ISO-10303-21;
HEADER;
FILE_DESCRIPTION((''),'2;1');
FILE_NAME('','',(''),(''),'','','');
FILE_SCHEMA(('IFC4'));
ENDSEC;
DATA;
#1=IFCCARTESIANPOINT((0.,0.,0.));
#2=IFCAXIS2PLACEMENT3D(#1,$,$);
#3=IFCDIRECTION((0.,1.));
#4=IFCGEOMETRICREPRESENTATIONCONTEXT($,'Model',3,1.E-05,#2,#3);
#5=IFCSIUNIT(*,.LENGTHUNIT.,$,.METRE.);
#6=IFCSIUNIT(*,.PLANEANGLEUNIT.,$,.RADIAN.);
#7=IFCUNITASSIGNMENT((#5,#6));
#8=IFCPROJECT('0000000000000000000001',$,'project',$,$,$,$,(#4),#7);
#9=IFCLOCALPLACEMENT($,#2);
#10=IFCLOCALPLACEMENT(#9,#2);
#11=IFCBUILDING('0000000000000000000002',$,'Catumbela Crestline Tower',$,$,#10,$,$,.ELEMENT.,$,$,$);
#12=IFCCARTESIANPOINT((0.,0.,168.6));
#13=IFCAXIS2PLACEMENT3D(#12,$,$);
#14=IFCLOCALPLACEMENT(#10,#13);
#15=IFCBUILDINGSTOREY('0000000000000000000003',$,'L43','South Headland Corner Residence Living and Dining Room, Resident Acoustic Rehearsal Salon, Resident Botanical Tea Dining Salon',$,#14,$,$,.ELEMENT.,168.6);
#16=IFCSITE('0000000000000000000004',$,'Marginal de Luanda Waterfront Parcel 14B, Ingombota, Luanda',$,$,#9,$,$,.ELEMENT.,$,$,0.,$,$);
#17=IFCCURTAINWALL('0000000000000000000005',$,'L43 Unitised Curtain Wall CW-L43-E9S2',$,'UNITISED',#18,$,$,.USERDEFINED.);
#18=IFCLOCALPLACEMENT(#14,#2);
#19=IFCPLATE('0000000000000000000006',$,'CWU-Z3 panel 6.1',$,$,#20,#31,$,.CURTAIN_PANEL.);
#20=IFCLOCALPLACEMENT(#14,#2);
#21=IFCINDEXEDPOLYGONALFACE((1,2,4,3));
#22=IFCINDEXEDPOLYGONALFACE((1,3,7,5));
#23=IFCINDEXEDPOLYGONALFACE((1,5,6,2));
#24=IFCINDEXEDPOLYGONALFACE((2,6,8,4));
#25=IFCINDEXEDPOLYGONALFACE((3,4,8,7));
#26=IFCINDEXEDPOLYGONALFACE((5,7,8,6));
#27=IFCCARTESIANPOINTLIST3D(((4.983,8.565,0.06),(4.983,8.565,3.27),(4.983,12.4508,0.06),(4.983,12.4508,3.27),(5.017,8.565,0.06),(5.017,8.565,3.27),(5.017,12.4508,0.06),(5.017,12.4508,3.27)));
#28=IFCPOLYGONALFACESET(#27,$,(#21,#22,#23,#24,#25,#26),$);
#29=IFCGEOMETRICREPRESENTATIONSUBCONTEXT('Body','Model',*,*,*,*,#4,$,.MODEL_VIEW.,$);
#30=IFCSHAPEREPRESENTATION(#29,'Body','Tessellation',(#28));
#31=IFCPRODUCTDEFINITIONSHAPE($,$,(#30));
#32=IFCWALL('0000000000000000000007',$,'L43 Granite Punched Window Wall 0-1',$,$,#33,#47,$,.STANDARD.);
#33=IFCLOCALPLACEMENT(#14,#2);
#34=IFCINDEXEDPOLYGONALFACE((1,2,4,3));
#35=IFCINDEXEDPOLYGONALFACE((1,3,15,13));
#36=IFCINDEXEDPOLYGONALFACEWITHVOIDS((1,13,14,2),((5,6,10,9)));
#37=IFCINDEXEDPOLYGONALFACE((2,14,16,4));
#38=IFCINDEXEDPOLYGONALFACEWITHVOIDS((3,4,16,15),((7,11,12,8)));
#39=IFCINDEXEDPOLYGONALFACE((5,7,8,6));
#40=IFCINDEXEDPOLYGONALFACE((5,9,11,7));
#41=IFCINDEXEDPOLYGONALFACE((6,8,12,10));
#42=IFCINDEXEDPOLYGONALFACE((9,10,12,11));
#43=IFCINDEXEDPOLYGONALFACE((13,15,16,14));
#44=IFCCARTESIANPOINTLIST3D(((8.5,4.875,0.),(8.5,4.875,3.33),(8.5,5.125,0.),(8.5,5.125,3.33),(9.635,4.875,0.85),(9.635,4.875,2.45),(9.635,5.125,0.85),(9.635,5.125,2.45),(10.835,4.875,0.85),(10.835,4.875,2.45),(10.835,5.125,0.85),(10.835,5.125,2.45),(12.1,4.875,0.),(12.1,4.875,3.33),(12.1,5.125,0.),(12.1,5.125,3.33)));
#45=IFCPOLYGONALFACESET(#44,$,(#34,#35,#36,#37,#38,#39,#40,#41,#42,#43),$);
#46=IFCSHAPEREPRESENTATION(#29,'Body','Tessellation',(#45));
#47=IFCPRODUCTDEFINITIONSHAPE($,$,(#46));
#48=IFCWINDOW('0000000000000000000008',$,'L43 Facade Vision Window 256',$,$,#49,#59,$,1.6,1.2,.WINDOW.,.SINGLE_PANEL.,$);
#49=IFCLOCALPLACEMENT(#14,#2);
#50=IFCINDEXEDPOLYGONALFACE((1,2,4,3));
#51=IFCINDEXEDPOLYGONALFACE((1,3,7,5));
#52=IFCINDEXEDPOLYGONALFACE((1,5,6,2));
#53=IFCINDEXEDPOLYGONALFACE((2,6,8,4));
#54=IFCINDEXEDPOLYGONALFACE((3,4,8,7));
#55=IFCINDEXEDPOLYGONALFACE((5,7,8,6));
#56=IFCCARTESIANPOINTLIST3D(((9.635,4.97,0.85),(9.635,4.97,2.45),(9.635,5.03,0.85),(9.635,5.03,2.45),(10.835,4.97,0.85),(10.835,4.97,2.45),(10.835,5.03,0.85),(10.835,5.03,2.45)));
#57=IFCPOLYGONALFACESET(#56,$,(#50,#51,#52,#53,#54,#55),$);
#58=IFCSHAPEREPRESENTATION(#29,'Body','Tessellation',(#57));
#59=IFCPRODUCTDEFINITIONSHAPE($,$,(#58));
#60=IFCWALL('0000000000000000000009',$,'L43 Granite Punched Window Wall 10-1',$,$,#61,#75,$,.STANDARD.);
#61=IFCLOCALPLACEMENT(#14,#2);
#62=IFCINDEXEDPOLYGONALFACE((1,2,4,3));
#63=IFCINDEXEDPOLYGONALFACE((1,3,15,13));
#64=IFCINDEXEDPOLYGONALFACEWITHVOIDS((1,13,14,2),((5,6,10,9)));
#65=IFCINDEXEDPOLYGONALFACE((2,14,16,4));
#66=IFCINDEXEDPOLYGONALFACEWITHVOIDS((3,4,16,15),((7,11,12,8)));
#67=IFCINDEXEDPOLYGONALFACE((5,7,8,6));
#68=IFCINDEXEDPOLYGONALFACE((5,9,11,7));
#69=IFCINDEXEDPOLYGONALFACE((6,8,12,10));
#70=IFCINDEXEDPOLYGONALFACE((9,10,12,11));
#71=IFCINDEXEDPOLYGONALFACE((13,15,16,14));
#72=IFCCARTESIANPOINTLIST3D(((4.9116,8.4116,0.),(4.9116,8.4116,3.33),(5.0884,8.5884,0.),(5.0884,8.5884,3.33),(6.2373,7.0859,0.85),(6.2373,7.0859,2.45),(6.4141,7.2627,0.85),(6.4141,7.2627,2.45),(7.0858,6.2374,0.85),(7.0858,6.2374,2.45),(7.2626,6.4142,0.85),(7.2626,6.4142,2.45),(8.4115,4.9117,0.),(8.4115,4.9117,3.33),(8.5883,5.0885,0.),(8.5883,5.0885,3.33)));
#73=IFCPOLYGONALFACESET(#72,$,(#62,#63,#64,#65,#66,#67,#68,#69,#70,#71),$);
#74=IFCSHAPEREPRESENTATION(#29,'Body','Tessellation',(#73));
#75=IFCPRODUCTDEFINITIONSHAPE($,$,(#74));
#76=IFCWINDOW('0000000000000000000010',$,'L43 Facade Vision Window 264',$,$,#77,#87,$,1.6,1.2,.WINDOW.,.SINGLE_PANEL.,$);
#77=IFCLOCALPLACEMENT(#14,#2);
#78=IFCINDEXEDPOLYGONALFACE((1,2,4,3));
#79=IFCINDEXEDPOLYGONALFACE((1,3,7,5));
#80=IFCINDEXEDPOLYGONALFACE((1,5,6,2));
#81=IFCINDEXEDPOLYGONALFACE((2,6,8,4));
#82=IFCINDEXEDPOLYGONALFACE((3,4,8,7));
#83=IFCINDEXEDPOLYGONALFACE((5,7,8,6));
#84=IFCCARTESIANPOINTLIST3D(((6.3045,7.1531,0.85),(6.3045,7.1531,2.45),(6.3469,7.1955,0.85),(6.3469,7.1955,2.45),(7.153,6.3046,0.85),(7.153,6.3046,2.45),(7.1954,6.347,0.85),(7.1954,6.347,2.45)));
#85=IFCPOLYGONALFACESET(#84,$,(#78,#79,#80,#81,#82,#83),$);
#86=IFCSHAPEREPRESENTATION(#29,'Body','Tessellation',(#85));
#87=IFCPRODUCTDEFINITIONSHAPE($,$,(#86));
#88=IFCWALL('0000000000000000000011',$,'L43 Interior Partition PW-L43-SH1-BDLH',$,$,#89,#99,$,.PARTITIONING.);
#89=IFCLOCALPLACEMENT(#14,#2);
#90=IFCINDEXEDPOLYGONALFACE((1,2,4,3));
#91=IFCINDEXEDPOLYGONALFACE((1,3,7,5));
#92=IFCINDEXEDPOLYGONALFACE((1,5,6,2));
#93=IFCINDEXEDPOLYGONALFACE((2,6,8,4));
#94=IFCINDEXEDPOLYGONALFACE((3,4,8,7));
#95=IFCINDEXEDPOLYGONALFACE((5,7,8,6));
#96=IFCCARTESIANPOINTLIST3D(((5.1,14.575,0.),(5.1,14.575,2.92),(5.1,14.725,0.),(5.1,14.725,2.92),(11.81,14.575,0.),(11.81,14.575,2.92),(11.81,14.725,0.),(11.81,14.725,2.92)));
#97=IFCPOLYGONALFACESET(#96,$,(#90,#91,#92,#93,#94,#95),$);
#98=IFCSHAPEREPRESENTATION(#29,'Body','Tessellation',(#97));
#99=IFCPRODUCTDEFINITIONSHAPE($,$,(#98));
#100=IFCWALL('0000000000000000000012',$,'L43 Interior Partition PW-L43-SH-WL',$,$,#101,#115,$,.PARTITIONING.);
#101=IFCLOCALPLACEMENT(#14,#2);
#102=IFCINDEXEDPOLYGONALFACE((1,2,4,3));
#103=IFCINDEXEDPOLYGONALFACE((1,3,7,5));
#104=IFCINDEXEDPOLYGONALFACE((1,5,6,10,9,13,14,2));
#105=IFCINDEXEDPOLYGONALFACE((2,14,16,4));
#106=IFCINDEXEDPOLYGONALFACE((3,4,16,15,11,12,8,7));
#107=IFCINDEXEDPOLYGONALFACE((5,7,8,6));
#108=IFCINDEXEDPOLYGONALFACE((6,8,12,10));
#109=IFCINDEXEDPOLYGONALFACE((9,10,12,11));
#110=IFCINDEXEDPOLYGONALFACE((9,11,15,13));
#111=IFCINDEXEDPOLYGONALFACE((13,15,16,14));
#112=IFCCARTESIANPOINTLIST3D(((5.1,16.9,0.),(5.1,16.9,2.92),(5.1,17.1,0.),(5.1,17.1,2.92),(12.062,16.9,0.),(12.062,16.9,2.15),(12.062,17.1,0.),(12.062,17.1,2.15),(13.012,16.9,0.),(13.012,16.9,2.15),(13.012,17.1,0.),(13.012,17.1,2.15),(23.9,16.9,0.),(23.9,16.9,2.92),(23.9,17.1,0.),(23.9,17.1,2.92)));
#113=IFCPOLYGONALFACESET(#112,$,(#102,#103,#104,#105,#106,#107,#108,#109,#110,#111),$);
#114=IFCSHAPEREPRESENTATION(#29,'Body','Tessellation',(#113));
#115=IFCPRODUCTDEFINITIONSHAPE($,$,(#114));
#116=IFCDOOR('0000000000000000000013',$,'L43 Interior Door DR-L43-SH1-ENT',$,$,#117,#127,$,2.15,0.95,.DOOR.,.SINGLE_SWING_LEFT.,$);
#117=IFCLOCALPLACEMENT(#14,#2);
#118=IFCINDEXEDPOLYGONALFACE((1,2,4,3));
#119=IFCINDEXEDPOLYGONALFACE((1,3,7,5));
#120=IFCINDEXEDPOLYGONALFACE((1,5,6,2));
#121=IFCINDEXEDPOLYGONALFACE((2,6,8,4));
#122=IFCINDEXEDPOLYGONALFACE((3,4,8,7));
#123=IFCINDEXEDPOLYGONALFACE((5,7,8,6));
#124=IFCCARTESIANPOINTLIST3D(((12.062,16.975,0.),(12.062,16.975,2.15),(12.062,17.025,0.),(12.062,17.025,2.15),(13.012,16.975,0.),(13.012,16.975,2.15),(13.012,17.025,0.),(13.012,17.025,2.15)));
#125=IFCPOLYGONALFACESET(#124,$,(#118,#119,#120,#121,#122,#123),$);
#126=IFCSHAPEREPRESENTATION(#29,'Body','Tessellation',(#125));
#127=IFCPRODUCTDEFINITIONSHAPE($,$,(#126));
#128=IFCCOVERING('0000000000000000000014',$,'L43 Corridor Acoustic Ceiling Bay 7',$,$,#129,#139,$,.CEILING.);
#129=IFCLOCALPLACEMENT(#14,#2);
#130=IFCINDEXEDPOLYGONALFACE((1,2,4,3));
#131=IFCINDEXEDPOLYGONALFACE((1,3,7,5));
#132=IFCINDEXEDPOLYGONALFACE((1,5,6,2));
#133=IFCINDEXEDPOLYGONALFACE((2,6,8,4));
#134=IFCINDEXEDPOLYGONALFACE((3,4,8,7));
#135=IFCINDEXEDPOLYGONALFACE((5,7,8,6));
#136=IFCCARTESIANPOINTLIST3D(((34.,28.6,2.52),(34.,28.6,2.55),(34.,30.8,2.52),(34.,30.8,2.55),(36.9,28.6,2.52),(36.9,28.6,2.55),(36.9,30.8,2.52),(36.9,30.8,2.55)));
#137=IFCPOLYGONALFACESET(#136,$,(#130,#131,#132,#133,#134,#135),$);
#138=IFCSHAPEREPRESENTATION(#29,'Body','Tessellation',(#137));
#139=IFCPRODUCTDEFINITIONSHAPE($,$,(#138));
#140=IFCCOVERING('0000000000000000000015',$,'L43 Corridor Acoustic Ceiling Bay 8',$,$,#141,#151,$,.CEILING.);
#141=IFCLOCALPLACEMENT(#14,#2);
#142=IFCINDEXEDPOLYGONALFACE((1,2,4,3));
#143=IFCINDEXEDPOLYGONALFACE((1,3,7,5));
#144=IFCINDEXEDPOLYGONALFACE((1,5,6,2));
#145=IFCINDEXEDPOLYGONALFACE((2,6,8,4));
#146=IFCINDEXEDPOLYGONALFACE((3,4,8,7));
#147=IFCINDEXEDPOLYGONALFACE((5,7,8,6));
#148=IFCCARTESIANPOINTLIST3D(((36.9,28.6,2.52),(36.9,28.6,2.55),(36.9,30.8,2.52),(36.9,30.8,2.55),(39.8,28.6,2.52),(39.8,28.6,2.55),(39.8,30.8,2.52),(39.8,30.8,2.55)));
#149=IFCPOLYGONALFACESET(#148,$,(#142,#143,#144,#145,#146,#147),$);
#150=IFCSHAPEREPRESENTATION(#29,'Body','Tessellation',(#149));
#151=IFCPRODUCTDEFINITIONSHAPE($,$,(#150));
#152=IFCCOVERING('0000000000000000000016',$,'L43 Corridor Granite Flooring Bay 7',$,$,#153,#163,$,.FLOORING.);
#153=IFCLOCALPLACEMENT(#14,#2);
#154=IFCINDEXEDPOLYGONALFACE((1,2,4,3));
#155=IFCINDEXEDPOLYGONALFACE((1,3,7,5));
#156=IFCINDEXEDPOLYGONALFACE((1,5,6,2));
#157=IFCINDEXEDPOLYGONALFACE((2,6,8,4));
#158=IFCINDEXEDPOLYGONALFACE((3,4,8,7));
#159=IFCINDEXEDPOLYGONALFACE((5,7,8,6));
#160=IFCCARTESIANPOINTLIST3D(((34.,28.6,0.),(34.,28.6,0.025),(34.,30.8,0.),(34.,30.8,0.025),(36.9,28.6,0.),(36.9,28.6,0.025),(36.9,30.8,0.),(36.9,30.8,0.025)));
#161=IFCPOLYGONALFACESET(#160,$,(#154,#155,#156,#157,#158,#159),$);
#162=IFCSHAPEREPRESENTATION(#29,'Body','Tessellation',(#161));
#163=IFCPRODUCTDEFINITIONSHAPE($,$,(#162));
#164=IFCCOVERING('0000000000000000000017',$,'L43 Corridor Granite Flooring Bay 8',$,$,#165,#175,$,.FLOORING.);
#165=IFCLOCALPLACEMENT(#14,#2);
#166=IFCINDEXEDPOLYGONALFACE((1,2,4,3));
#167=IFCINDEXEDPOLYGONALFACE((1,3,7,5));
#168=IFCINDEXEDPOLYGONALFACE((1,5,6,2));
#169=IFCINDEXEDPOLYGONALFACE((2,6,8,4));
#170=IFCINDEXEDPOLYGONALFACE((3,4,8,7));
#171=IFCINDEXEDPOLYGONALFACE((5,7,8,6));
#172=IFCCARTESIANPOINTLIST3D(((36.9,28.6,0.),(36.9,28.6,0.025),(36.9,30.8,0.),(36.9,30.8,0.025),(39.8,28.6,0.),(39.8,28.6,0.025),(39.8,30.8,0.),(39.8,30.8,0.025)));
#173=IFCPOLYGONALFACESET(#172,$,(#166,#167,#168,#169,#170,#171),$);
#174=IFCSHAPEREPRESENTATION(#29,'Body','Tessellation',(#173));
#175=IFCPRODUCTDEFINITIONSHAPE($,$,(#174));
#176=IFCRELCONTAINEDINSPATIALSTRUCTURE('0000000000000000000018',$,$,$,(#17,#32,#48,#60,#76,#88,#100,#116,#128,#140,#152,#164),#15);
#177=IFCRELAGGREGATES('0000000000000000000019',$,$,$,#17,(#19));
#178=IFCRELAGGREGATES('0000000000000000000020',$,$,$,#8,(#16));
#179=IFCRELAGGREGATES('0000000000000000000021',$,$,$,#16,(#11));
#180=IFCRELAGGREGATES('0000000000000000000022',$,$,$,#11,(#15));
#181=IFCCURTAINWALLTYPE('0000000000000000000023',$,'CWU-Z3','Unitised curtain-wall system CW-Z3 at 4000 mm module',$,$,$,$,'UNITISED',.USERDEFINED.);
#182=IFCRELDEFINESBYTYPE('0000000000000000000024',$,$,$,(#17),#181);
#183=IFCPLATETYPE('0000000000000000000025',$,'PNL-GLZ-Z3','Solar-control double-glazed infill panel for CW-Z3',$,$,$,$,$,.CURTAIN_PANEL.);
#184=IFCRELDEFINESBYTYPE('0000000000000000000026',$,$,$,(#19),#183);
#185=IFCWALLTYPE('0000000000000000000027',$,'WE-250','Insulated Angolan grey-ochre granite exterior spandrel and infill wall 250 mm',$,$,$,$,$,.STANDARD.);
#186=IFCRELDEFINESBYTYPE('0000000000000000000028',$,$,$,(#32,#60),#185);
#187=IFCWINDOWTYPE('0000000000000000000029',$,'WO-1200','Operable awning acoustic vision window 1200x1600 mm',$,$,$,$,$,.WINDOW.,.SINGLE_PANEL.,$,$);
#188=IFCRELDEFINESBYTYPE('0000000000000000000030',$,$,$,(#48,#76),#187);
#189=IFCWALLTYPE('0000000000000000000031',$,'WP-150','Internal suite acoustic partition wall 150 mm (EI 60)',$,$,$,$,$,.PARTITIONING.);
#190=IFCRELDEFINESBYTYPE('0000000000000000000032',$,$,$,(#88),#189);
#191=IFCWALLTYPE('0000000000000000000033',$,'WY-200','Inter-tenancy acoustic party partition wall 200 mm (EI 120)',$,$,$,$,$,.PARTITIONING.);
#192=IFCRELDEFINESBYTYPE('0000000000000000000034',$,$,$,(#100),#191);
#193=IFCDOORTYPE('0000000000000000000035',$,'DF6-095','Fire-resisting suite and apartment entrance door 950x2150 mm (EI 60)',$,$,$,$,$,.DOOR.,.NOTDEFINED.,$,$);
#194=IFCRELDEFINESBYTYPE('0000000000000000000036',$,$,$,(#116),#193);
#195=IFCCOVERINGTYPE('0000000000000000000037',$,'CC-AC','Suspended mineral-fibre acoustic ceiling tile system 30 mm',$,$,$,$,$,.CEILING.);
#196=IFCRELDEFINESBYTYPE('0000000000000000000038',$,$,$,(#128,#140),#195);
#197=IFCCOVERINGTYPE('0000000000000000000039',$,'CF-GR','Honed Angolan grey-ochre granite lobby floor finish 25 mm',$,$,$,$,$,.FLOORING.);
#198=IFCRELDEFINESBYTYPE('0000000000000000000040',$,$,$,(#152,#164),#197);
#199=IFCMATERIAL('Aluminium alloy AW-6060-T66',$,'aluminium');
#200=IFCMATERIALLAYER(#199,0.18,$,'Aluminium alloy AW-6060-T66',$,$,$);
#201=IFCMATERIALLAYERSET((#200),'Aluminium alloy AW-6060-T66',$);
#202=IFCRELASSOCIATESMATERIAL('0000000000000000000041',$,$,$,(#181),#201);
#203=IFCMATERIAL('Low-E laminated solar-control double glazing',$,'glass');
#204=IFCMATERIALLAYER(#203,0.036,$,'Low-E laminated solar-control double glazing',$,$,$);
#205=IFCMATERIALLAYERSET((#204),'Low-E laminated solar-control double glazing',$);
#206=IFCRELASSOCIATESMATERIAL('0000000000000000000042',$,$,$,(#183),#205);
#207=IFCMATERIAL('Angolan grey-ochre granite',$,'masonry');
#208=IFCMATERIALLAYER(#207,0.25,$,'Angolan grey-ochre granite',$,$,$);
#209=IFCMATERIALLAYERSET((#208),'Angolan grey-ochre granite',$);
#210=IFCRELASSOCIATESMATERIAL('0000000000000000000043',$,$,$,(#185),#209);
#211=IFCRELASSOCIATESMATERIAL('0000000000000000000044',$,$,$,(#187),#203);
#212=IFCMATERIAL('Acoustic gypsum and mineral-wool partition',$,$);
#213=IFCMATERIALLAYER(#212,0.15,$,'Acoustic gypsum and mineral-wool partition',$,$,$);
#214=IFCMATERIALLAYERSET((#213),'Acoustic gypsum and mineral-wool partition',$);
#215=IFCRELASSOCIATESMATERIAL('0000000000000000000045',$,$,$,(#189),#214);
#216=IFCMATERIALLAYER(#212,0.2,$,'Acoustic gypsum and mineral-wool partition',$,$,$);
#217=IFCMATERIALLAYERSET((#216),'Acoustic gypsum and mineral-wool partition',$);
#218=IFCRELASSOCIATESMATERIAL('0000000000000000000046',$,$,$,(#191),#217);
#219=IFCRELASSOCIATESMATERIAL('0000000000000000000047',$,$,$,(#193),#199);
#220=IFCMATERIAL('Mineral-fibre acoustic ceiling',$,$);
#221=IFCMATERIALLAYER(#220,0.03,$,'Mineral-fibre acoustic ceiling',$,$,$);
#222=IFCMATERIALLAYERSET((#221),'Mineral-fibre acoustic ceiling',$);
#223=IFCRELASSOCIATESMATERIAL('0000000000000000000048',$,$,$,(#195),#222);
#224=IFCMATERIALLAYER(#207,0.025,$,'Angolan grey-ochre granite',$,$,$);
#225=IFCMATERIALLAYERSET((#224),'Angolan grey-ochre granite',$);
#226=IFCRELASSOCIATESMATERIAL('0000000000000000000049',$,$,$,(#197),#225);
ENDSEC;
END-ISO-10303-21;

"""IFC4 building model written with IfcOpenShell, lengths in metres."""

from ifc_helpers import new_model, si_unit, direction, frame, frame_2d, origin, origin_2d, place, context, subcontext, project, spatial, polyline, rectangle, outline, extrude, material, layer, layer_set, type_object, element, fill, aggregate, save


model = new_model("IFC4")

# Units and contexts
model_context = context("Model", 3, precision=1e-05, world=origin(), true_north=direction((0.0, 1.0)))
body_context = subcontext(model_context, "Body", "Model", "MODEL_VIEW")
ifc_project = project(units=[si_unit("LENGTHUNIT", "METRE"), si_unit("PLANEANGLEUNIT", "RADIAN")], contexts=[model_context])

# Site, building, storey
site_placement = place(None, origin())
site = spatial("IfcSite", under=ifc_project, at=site_placement, Name="Marginal de Luanda Waterfront Parcel 14B, Ingombota, Luanda", CompositionType="ELEMENT", RefElevation=0.0)
building_placement = place(site_placement, origin())
building = spatial("IfcBuilding", under=site, at=building_placement, Name="Catumbela Crestline Tower", CompositionType="ELEMENT")
storey_placement = place(building_placement, frame((0.0, 0.0, 168.6)))
storey = spatial("IfcBuildingStorey", under=building, at=storey_placement, Name="L43", Description="South Headland Corner Residence Living and Dining Room, Resident Acoustic Rehearsal Salon, Resident Botanical Tea Dining Salon", CompositionType="ELEMENT", Elevation=168.6)

# Curtain wall, plate
ifc_material_1 = material(Name="Aluminium alloy AW-6060-T66", Category="aluminium")
ifc_layer_1 = layer(ifc_material_1, 0.18, Name="Aluminium alloy AW-6060-T66")
ifc_layer_set_1 = layer_set([ifc_layer_1], Name="Aluminium alloy AW-6060-T66")
curtain_wall_type = type_object("IfcCurtainWallType", Name="CWU-Z3", Description="Unitised curtain-wall system CW-Z3 at 4000 mm module", ElementType="UNITISED", PredefinedType="USERDEFINED", material=ifc_layer_set_1)
curtain_wall_placement = place(storey_placement, origin())
curtain_wall = element("IfcCurtainWall", 1, at=curtain_wall_placement, inside=storey, type_object=curtain_wall_type, Name="L43 Unitised Curtain Wall CW-L43-E9S2", ObjectType="UNITISED", PredefinedType="USERDEFINED")
ifc_material_2 = material(Name="Low-E laminated solar-control double glazing", Category="glass")
ifc_layer_2 = layer(ifc_material_2, 0.036, Name="Low-E laminated solar-control double glazing")
ifc_layer_set_2 = layer_set([ifc_layer_2], Name="Low-E laminated solar-control double glazing")
plate_type = type_object("IfcPlateType", Name="PNL-GLZ-Z3", Description="Solar-control double-glazed infill panel for CW-Z3", PredefinedType="CURTAIN_PANEL", material=ifc_layer_set_2)
plate_1_placement = place(storey_placement, frame((5.0, 10.5079, 0.06), z_axis=(0.0, 0.0, 1.0), x_axis=(0.0, -1.0, 0.0)))
plate_1 = element("IfcPlate", 2, at=plate_1_placement, type_object=plate_type, Name="CWU-Z3 panel 6.1", PredefinedType="CURTAIN_PANEL", context=body_context, shape_type="SweptSolid", body=[
    extrude(rectangle(XDim=3.8858, YDim=0.034, at=origin_2d()), origin(), (0.0, 0.0, 1.0), 3.21),
])
aggregate(curtain_wall, [plate_1])

# Walls, openings, windows
ifc_material_3 = material(Name="Angolan grey-ochre granite", Category="masonry")
ifc_layer_3 = layer(ifc_material_3, 0.25, Name="Angolan grey-ochre granite")
ifc_layer_set_3 = layer_set([ifc_layer_3], Name="Angolan grey-ochre granite")
wall_type_1 = type_object("IfcWallType", Name="WE-250", Description="Insulated Angolan grey-ochre granite exterior spandrel and infill wall 250 mm", PredefinedType="STANDARD", material=ifc_layer_set_3)
wall_1_placement = place(storey_placement, frame((8.5, 5.0, 0.0), z_axis=(0.0, 0.0, 1.0), x_axis=(1.0, 0.0, 0.0)))
wall_1 = element("IfcWall", 3, at=wall_1_placement, inside=storey, type_object=wall_type_1, Name="L43 Granite Punched Window Wall 0-1", PredefinedType="STANDARD", context=body_context, shape_type="SweptSolid", body=[
    extrude(rectangle(XDim=3.6, YDim=0.25, at=frame_2d((1.8, 0.0))), origin(), (0.0, 0.0, 1.0), 3.33),
])
opening_1_placement = place(wall_1_placement, frame((1.135, 0.0, 0.85)))
opening_1 = element("IfcOpeningElement", 4, at=opening_1_placement, cuts=wall_1, PredefinedType="OPENING", context=body_context, shape_type="SweptSolid", body=[
    extrude(rectangle(XDim=1.2, YDim=1.6, at=frame_2d((0.6, 0.8))), frame((0.0, 0.135, 0.0), z_axis=(0.0, -1.0, 0.0), x_axis=(1.0, 0.0, 0.0)), (0.0, 0.0, 1.0), 0.27),
])
window_type = type_object("IfcWindowType", Name="WO-1200", Description="Operable awning acoustic vision window 1200x1600 mm", PartitioningType="SINGLE_PANEL", PredefinedType="WINDOW", material=ifc_material_2)
window_1_placement = place(opening_1_placement, origin())
window_1 = element("IfcWindow", 5, at=window_1_placement, inside=storey, type_object=window_type, Name="L43 Facade Vision Window 256", OverallHeight=1.6, OverallWidth=1.2, PartitioningType="SINGLE_PANEL", PredefinedType="WINDOW", context=body_context, shape_type="SweptSolid", body=[
    extrude(rectangle(XDim=1.2, YDim=1.6, at=frame_2d((0.6, 0.8))), frame((0.0, 0.03, 0.0), z_axis=(0.0, -1.0, 0.0), x_axis=(1.0, 0.0, 0.0)), (0.0, 0.0, 1.0), 0.06),
])
fill(opening_1, window_1)
wall_2_placement = place(storey_placement, frame((5.0, 8.5, 0.0), z_axis=(0.0, 0.0, 1.0), x_axis=(0.707107, -0.707107, 0.0)))
wall_2 = element("IfcWall", 6, at=wall_2_placement, inside=storey, type_object=wall_type_1, Name="L43 Granite Punched Window Wall 10-1", PredefinedType="STANDARD", context=body_context, shape_type="SweptSolid", body=[
    extrude(rectangle(XDim=4.9497, YDim=0.25, at=frame_2d((2.4748, 0.0))), origin(), (0.0, 0.0, 1.0), 3.33),
])
opening_2_placement = place(wall_2_placement, frame((1.8748, 0.0, 0.85)))
opening_2 = element("IfcOpeningElement", 7, at=opening_2_placement, cuts=wall_2, PredefinedType="OPENING", context=body_context, shape_type="SweptSolid", body=[
    extrude(rectangle(XDim=1.2, YDim=1.6, at=frame_2d((0.6, 0.8))), frame((0.0, 0.135, 0.0), z_axis=(0.0, -1.0, 0.0), x_axis=(1.0, 0.0, 0.0)), (0.0, 0.0, 1.0), 0.27),
])
window_2_placement = place(opening_2_placement, origin())
window_2 = element("IfcWindow", 8, at=window_2_placement, inside=storey, type_object=window_type, Name="L43 Facade Vision Window 264", OverallHeight=1.6, OverallWidth=1.2, PartitioningType="SINGLE_PANEL", PredefinedType="WINDOW", context=body_context, shape_type="SweptSolid", body=[
    extrude(rectangle(XDim=1.2, YDim=1.6, at=frame_2d((0.6, 0.8))), frame((0.0, 0.03, 0.0), z_axis=(0.0, -1.0, 0.0), x_axis=(1.0, 0.0, 0.0)), (0.0, 0.0, 1.0), 0.06),
])
fill(opening_2, window_2)

# Wall
ifc_material_4 = material(Name="Acoustic gypsum and mineral-wool partition")
ifc_layer_4 = layer(ifc_material_4, 0.15, Name="Acoustic gypsum and mineral-wool partition")
ifc_layer_set_4 = layer_set([ifc_layer_4], Name="Acoustic gypsum and mineral-wool partition")
wall_type_2 = type_object("IfcWallType", Name="WP-150", Description="Internal suite acoustic partition wall 150 mm (EI 60)", PredefinedType="PARTITIONING", material=ifc_layer_set_4)
wall_3_placement = place(storey_placement, frame((5.1, 14.65, 0.0), z_axis=(0.0, 0.0, 1.0), x_axis=(1.0, 0.0, 0.0)))
element("IfcWall", 9, at=wall_3_placement, inside=storey, type_object=wall_type_2, Name="L43 Interior Partition PW-L43-SH1-BDLH", PredefinedType="PARTITIONING", context=body_context, shape_type="SweptSolid", body=[
    extrude(rectangle(XDim=6.71, YDim=0.15, at=frame_2d((3.355, 0.0))), origin(), (0.0, 0.0, 1.0), 2.92),
])

# Wall, opening, door
ifc_layer_5 = layer(ifc_material_4, 0.2, Name="Acoustic gypsum and mineral-wool partition")
ifc_layer_set_5 = layer_set([ifc_layer_5], Name="Acoustic gypsum and mineral-wool partition")
wall_type_3 = type_object("IfcWallType", Name="WY-200", Description="Inter-tenancy acoustic party partition wall 200 mm (EI 120)", PredefinedType="PARTITIONING", material=ifc_layer_set_5)
wall_4_placement = place(storey_placement, frame((5.1, 17.0, 0.0), z_axis=(0.0, 0.0, 1.0), x_axis=(1.0, 0.0, 0.0)))
wall_4 = element("IfcWall", 10, at=wall_4_placement, inside=storey, type_object=wall_type_3, Name="L43 Interior Partition PW-L43-SH-WL", PredefinedType="PARTITIONING", context=body_context, shape_type="SweptSolid", body=[
    extrude(rectangle(XDim=18.8, YDim=0.2, at=frame_2d((9.4, 0.0))), origin(), (0.0, 0.0, 1.0), 2.92),
])
opening_3_placement = place(wall_4_placement, frame((6.962, 0.0, 0.0)))
opening_3 = element("IfcOpeningElement", 11, at=opening_3_placement, cuts=wall_4, PredefinedType="OPENING", context=body_context, shape_type="SweptSolid", body=[
    extrude(rectangle(XDim=0.95, YDim=2.15, at=frame_2d((0.475, 1.075))), frame((0.0, 0.11, 0.0), z_axis=(0.0, -1.0, 0.0), x_axis=(1.0, 0.0, 0.0)), (0.0, 0.0, 1.0), 0.22),
])
door_type = type_object("IfcDoorType", Name="DF6-095", Description="Fire-resisting suite and apartment entrance door 950x2150 mm (EI 60)", OperationType="NOTDEFINED", PredefinedType="DOOR", material=ifc_material_1)
door_placement = place(opening_3_placement, origin())
door = element("IfcDoor", 12, at=door_placement, inside=storey, type_object=door_type, Name="L43 Interior Door DR-L43-SH1-ENT", OperationType="SINGLE_SWING_LEFT", OverallHeight=2.15, OverallWidth=0.95, PredefinedType="DOOR", context=body_context, shape_type="SweptSolid", body=[
    extrude(rectangle(XDim=0.95, YDim=2.15, at=frame_2d((0.475, 1.075))), frame((0.0, 0.025, 0.0), z_axis=(0.0, -1.0, 0.0), x_axis=(1.0, 0.0, 0.0)), (0.0, 0.0, 1.0), 0.05),
])
fill(opening_3, door)

# Coverings
ifc_material_5 = material(Name="Mineral-fibre acoustic ceiling")
ifc_layer_6 = layer(ifc_material_5, 0.03, Name="Mineral-fibre acoustic ceiling")
ifc_layer_set_6 = layer_set([ifc_layer_6], Name="Mineral-fibre acoustic ceiling")
covering_type_1 = type_object("IfcCoveringType", Name="CC-AC", Description="Suspended mineral-fibre acoustic ceiling tile system 30 mm", PredefinedType="CEILING", material=ifc_layer_set_6)
covering_1_placement = place(storey_placement, frame((0.0, 0.0, 2.52)))
element("IfcCovering", 13, at=covering_1_placement, inside=storey, type_object=covering_type_1, Name="L43 Corridor Acoustic Ceiling Bay 7", PredefinedType="CEILING", context=body_context, shape_type="SweptSolid", body=[
    extrude(outline(polyline([(34.0, 28.6), (36.9, 28.6), (36.9, 30.8), (34.0, 30.8), (34.0, 28.6)])), origin(), (0.0, 0.0, 1.0), 0.03),
])
covering_2_placement = place(storey_placement, frame((0.0, 0.0, 2.52)))
element("IfcCovering", 14, at=covering_2_placement, inside=storey, type_object=covering_type_1, Name="L43 Corridor Acoustic Ceiling Bay 8", PredefinedType="CEILING", context=body_context, shape_type="SweptSolid", body=[
    extrude(outline(polyline([(36.9, 28.6), (39.8, 28.6), (39.8, 30.8), (36.9, 30.8), (36.9, 28.6)])), origin(), (0.0, 0.0, 1.0), 0.03),
])
ifc_layer_7 = layer(ifc_material_3, 0.025, Name="Angolan grey-ochre granite")
ifc_layer_set_7 = layer_set([ifc_layer_7], Name="Angolan grey-ochre granite")
covering_type_2 = type_object("IfcCoveringType", Name="CF-GR", Description="Honed Angolan grey-ochre granite lobby floor finish 25 mm", PredefinedType="FLOORING", material=ifc_layer_set_7)
covering_3_placement = place(storey_placement, origin())
element("IfcCovering", 15, at=covering_3_placement, inside=storey, type_object=covering_type_2, Name="L43 Corridor Granite Flooring Bay 7", PredefinedType="FLOORING", context=body_context, shape_type="SweptSolid", body=[
    extrude(outline(polyline([(34.0, 28.6), (36.9, 28.6), (36.9, 30.8), (34.0, 30.8), (34.0, 28.6)])), origin(), (0.0, 0.0, 1.0), 0.025),
])
covering_4_placement = place(storey_placement, origin())
element("IfcCovering", 16, at=covering_4_placement, inside=storey, type_object=covering_type_2, Name="L43 Corridor Granite Flooring Bay 8", PredefinedType="FLOORING", context=body_context, shape_type="SweptSolid", body=[
    extrude(outline(polyline([(36.9, 28.6), (39.8, 28.6), (39.8, 30.8), (36.9, 30.8), (36.9, 28.6)])), origin(), (0.0, 0.0, 1.0), 0.025),
])

save(model, "model.ifc")
